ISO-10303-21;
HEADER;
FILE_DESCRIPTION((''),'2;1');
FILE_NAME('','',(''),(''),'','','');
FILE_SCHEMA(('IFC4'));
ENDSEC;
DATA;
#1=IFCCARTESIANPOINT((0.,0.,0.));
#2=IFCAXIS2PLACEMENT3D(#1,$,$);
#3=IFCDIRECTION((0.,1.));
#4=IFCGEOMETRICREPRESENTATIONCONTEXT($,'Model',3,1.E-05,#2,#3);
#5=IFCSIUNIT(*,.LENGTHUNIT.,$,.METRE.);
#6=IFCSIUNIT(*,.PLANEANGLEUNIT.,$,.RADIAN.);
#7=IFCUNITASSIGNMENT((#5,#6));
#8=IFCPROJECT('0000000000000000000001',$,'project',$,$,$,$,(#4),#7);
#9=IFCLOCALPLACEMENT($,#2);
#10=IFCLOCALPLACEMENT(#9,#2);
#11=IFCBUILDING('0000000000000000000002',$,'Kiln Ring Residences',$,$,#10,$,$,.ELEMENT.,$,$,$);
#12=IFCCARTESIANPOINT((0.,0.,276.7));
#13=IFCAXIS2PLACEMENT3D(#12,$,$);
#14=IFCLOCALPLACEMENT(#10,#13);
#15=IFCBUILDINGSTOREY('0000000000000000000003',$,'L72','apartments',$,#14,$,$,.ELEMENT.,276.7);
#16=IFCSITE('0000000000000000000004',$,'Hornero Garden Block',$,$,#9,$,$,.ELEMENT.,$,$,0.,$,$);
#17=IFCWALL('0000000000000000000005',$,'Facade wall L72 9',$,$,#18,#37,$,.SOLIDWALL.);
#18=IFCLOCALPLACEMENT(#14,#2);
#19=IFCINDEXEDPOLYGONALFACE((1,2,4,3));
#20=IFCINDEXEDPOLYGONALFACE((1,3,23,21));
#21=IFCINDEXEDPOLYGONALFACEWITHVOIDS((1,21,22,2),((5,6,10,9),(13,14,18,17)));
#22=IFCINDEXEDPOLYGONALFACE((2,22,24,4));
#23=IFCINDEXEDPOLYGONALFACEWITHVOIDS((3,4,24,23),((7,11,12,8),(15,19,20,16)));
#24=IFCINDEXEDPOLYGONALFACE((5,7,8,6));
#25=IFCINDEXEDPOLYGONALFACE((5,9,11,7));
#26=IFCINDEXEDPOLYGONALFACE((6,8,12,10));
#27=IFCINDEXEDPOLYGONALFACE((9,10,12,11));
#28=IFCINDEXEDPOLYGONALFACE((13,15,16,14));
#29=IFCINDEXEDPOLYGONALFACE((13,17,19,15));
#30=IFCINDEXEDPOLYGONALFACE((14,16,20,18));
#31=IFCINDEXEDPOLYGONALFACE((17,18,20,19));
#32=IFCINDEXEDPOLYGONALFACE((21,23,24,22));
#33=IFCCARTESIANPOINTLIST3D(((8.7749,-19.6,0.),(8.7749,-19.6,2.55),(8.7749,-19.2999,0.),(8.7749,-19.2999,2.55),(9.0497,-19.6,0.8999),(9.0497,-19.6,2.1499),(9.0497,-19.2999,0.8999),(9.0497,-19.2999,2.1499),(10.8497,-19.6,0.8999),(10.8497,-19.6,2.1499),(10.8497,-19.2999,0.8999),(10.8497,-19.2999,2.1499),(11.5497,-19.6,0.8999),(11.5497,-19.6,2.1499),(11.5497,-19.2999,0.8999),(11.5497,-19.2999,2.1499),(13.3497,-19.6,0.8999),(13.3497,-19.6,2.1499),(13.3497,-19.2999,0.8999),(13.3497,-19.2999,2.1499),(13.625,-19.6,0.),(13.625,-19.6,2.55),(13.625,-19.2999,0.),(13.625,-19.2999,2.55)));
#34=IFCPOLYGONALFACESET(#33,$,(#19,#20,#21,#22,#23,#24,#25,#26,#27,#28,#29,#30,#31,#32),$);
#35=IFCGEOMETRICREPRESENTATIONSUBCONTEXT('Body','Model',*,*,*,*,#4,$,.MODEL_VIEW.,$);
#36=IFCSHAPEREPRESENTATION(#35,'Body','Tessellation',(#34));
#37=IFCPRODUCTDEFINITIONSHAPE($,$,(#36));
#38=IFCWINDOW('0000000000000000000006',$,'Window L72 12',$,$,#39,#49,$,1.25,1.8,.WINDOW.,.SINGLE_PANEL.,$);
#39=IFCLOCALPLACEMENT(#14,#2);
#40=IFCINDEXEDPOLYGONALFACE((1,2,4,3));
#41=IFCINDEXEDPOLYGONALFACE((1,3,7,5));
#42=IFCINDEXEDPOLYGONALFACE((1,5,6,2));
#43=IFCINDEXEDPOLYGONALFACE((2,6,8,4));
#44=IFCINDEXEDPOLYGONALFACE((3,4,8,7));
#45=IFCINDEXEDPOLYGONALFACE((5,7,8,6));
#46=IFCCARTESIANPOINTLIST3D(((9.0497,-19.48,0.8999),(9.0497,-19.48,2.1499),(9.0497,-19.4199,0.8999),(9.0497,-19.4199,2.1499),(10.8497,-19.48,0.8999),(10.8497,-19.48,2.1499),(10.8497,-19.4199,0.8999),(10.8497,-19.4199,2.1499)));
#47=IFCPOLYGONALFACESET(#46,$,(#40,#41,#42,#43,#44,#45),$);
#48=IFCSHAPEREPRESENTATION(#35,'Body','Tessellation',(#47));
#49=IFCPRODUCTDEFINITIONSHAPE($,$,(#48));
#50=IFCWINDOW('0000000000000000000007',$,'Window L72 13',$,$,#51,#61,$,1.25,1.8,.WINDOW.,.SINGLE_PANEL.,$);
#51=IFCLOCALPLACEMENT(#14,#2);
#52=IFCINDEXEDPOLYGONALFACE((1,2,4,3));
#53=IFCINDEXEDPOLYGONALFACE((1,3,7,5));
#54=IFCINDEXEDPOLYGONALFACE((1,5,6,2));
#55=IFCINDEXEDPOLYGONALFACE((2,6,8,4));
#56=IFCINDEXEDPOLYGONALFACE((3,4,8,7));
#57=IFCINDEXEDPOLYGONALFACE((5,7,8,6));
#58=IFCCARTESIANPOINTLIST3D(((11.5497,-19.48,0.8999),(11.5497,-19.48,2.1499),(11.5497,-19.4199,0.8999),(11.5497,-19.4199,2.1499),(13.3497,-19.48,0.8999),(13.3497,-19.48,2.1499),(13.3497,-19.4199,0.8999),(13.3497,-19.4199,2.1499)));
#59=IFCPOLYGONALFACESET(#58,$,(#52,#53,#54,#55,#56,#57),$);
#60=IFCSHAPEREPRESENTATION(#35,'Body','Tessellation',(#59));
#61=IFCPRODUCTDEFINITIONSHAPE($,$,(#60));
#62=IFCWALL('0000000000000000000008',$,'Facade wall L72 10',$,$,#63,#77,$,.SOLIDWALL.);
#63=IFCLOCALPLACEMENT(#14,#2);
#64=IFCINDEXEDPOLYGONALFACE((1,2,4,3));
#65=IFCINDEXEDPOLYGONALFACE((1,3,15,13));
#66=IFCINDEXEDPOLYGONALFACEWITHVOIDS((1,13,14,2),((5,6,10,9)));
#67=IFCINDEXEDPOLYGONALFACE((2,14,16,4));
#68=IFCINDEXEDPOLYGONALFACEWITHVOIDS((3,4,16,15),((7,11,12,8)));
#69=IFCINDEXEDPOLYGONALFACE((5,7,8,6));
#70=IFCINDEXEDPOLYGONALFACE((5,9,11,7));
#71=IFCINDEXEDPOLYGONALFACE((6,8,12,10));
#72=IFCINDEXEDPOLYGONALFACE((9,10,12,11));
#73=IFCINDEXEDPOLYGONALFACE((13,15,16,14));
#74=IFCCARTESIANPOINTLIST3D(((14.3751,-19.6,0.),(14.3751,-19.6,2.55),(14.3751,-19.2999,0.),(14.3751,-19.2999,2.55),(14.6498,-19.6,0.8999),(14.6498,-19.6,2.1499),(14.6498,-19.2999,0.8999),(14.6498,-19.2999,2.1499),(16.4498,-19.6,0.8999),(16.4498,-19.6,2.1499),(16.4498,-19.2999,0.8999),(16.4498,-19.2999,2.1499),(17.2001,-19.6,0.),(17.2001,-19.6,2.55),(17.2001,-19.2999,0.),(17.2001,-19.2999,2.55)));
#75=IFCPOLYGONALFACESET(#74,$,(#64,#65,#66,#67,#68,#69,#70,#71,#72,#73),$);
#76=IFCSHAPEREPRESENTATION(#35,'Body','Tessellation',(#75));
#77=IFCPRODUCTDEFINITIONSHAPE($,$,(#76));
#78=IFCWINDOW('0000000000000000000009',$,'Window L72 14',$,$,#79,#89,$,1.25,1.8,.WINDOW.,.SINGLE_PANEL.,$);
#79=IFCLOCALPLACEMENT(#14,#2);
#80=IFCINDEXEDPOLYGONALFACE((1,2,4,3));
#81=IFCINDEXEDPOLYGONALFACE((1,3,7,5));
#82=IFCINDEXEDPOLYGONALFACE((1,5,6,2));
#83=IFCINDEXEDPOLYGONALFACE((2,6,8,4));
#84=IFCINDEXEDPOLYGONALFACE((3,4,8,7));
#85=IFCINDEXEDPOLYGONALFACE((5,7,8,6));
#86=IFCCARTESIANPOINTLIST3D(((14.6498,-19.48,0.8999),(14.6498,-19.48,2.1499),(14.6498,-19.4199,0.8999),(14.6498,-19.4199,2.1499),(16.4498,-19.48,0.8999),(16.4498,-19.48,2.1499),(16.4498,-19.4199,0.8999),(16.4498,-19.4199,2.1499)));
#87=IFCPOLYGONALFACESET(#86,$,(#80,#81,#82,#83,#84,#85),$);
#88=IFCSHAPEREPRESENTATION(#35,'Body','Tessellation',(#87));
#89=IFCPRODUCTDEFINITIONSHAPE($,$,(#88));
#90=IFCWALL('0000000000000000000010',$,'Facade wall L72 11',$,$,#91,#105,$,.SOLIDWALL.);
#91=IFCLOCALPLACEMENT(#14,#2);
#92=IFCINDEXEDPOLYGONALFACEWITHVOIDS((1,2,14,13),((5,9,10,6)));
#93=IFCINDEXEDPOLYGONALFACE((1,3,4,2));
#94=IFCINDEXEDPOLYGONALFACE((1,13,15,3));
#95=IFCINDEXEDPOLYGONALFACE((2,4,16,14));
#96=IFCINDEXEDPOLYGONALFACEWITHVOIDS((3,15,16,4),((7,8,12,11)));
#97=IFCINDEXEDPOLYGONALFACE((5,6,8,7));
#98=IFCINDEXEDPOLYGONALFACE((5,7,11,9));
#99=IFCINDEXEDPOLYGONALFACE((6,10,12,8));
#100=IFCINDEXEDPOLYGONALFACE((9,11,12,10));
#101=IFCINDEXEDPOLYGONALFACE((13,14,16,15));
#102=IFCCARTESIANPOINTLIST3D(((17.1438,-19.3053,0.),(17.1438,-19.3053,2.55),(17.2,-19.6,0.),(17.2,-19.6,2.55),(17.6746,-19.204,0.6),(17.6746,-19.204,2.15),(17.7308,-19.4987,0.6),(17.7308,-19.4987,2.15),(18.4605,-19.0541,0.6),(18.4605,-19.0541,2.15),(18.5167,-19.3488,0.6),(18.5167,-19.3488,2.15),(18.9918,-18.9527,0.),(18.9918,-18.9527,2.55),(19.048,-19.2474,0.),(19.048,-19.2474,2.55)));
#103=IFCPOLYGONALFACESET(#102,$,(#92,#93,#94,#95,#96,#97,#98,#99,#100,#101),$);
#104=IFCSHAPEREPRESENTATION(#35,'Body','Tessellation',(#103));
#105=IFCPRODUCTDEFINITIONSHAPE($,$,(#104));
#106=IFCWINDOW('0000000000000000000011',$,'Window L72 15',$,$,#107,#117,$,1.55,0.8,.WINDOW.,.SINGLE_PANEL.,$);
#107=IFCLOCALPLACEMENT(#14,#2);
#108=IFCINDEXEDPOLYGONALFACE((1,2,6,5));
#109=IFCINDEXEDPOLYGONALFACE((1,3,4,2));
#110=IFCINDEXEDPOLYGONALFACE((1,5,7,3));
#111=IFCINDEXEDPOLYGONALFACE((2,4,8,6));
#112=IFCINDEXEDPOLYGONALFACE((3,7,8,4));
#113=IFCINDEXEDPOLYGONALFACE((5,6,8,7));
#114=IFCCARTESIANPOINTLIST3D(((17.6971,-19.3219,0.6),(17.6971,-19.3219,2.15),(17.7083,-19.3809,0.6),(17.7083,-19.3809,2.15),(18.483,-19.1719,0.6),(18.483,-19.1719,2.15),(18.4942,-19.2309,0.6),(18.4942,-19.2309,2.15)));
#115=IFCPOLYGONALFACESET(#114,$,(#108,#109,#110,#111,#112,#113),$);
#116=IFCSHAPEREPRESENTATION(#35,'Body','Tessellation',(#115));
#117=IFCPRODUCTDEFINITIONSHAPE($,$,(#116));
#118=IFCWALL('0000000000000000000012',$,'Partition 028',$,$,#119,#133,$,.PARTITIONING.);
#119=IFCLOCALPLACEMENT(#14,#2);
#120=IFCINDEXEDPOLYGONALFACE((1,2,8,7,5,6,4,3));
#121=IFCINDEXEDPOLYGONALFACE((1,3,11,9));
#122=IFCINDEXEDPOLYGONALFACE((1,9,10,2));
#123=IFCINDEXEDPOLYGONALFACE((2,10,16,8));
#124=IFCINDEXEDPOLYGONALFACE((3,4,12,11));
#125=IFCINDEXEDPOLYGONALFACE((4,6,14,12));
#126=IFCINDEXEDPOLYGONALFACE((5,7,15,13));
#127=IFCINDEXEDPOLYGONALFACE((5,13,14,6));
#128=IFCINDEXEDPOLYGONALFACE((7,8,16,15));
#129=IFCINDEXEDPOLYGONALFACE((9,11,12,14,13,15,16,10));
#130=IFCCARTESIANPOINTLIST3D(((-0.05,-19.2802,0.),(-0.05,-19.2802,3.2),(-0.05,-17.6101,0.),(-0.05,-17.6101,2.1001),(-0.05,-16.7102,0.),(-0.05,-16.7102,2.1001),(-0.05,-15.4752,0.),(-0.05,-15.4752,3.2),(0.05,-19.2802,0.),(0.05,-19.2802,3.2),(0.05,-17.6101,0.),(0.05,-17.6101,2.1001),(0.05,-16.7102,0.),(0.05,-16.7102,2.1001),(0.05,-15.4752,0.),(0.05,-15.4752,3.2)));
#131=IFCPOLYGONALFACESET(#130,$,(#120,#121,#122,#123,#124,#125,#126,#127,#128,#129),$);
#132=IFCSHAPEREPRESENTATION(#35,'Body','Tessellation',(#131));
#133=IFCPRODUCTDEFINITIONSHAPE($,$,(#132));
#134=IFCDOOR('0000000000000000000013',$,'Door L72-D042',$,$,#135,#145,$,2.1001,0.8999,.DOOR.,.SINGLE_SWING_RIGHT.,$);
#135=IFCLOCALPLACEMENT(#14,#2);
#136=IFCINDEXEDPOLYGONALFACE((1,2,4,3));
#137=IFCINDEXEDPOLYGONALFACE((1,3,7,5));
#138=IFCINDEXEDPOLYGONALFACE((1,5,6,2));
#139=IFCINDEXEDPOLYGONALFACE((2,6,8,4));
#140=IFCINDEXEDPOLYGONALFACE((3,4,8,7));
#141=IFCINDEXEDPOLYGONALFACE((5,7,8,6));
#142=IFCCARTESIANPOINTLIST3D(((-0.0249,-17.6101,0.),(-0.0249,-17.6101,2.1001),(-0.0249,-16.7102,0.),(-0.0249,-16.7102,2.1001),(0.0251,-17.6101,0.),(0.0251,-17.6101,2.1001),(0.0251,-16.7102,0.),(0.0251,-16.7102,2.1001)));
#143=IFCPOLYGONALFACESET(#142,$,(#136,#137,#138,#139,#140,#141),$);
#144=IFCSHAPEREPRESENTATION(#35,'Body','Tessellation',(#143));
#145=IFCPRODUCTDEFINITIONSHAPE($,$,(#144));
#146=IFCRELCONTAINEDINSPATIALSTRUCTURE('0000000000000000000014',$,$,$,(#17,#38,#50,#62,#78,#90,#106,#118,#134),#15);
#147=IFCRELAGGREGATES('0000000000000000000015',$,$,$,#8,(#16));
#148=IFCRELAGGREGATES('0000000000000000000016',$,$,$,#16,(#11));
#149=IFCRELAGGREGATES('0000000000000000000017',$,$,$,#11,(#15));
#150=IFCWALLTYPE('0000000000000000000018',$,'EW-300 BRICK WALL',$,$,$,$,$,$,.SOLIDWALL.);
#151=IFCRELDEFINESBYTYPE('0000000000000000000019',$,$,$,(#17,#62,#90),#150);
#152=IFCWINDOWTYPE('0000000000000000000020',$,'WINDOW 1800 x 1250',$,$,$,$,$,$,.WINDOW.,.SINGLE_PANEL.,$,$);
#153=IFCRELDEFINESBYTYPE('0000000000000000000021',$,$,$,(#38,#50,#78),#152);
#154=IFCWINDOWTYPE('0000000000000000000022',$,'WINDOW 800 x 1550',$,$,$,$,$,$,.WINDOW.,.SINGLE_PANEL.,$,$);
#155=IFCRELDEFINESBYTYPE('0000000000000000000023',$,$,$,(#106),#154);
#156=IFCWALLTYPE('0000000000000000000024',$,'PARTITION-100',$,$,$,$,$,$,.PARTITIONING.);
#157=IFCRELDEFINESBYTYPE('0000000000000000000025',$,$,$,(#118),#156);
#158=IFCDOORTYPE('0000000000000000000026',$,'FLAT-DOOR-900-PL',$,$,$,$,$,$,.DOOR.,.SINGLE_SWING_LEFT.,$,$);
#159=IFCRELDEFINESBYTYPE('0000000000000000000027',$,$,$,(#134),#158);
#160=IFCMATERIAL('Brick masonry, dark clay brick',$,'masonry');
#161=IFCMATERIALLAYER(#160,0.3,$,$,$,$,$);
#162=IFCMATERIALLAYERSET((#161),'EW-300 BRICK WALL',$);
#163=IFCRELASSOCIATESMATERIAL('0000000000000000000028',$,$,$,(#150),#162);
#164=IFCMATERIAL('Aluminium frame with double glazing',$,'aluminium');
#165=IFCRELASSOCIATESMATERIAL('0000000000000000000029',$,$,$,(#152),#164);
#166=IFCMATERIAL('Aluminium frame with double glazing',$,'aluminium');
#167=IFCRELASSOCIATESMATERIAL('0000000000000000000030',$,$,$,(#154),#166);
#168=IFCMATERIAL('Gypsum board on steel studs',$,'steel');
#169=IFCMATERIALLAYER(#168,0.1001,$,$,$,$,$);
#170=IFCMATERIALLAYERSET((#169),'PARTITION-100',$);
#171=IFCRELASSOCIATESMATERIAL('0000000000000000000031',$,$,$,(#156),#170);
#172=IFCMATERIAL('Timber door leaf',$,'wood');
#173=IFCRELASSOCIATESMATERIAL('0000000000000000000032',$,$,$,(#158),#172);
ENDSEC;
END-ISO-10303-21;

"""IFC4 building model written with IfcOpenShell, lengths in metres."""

from ifc_helpers import new_model, si_unit, direction, frame, frame_2d, origin, place, context, subcontext, project, spatial, rectangle, extrude, material, layer, layer_set, type_object, element, fill, save


model = new_model("IFC4")

# Units and contexts
model_context = context("Model", 3, precision=1e-05, world=origin(), true_north=direction((0.0, 1.0)))
body_context = subcontext(model_context, "Body", "Model", "MODEL_VIEW")
ifc_project = project(units=[si_unit("LENGTHUNIT", "METRE"), si_unit("PLANEANGLEUNIT", "RADIAN")], contexts=[model_context])

# Site, building, storey
site_placement = place(None, origin())
site = spatial("IfcSite", under=ifc_project, at=site_placement, Name="Hornero Garden Block", CompositionType="ELEMENT", RefElevation=0.0)
building_placement = place(site_placement, origin())
building = spatial("IfcBuilding", under=site, at=building_placement, Name="Kiln Ring Residences", CompositionType="ELEMENT")
storey_placement = place(building_placement, frame((0.0, 0.0, 276.7)))
storey = spatial("IfcBuildingStorey", under=building, at=storey_placement, Name="L72", Description="apartments", CompositionType="ELEMENT", Elevation=276.7)

# Wall, openings, windows
ifc_material_1 = material(Name="Brick masonry, dark clay brick", Category="masonry")
ifc_layer_1 = layer(ifc_material_1, 0.3)
ifc_layer_set_1 = layer_set([ifc_layer_1], Name="EW-300 BRICK WALL")
wall_type_1 = type_object("IfcWallType", Name="EW-300 BRICK WALL", PredefinedType="SOLIDWALL", material=ifc_layer_set_1)
ifc_material_2 = material(Name="Aluminium frame with double glazing", Category="aluminium")
window_type_1 = type_object("IfcWindowType", Name="WINDOW 1800 x 1250", PartitioningType="SINGLE_PANEL", PredefinedType="WINDOW", material=ifc_material_2)
wall_1_placement = place(storey_placement, frame((8.7749, -19.45, 0.0), z_axis=(0.0, 0.0, 1.0), x_axis=(1.0, 0.0, 0.0)))
wall_1 = element("IfcWall", 1, at=wall_1_placement, inside=storey, type_object=wall_type_1, Name="Facade wall L72 9", PredefinedType="SOLIDWALL", context=body_context, shape_type="SweptSolid", body=[
    extrude(rectangle(XDim=4.8501, YDim=0.3, at=frame_2d((2.425, 0.0))), origin(), (0.0, 0.0, 1.0), 2.55),
])
opening_1_placement = place(wall_1_placement, frame((0.2749, 0.0, 0.8999)))
opening_1 = element("IfcOpeningElement", 2, at=opening_1_placement, cuts=wall_1, PredefinedType="OPENING", context=body_context, shape_type="SweptSolid", body=[
    extrude(rectangle(XDim=1.8, YDim=1.25, at=frame_2d((0.8999, 0.625))), frame((0.0, 0.1599, 0.0), z_axis=(0.0, -1.0, 0.0), x_axis=(1.0, 0.0, 0.0)), (0.0, 0.0, 1.0), 0.3201),
])
opening_2_placement = place(wall_1_placement, frame((2.7749, 0.0, 0.8999)))
opening_2 = element("IfcOpeningElement", 3, at=opening_2_placement, cuts=wall_1, PredefinedType="OPENING", context=body_context, shape_type="SweptSolid", body=[
    extrude(rectangle(XDim=1.8, YDim=1.25, at=frame_2d((0.8999, 0.625))), frame((0.0, 0.1599, 0.0), z_axis=(0.0, -1.0, 0.0), x_axis=(1.0, 0.0, 0.0)), (0.0, 0.0, 1.0), 0.3201),
])
window_1_placement = place(opening_1_placement, origin())
window_1 = element("IfcWindow", 4, at=window_1_placement, inside=storey, type_object=window_type_1, Name="Window L72 12", OverallHeight=1.25, OverallWidth=1.8, PartitioningType="SINGLE_PANEL", PredefinedType="WINDOW", context=body_context, shape_type="SweptSolid", body=[
    extrude(rectangle(XDim=1.8, YDim=1.25, at=frame_2d((0.8999, 0.625))), frame((0.0, 0.03, 0.0), z_axis=(0.0, -1.0, 0.0), x_axis=(1.0, 0.0, 0.0)), (0.0, 0.0, 1.0), 0.0601),
])
fill(opening_1, window_1)
window_2_placement = place(opening_2_placement, origin())
window_2 = element("IfcWindow", 5, at=window_2_placement, inside=storey, type_object=window_type_1, Name="Window L72 13", OverallHeight=1.25, OverallWidth=1.8, PartitioningType="SINGLE_PANEL", PredefinedType="WINDOW", context=body_context, shape_type="SweptSolid", body=[
    extrude(rectangle(XDim=1.8, YDim=1.25, at=frame_2d((0.8999, 0.625))), frame((0.0, 0.03, 0.0), z_axis=(0.0, -1.0, 0.0), x_axis=(1.0, 0.0, 0.0)), (0.0, 0.0, 1.0), 0.0601),
])
fill(opening_2, window_2)

# Walls, openings, windows
wall_2_placement = place(storey_placement, frame((14.375, -19.45, 0.0), z_axis=(0.0, 0.0, 1.0), x_axis=(1.0, 0.0, 0.0)))
wall_2 = element("IfcWall", 6, at=wall_2_placement, inside=storey, type_object=wall_type_1, Name="Facade wall L72 10", PredefinedType="SOLIDWALL", context=body_context, shape_type="SweptSolid", body=[
    extrude(rectangle(XDim=2.825, YDim=0.3, at=frame_2d((1.4126, 0.0))), origin(), (0.0, 0.0, 1.0), 2.55),
])
opening_3_placement = place(wall_2_placement, frame((0.2749, 0.0, 0.8999)))
opening_3 = element("IfcOpeningElement", 7, at=opening_3_placement, cuts=wall_2, PredefinedType="OPENING", context=body_context, shape_type="SweptSolid", body=[
    extrude(rectangle(XDim=1.8, YDim=1.25, at=frame_2d((0.8999, 0.625))), frame((0.0, 0.1599, 0.0), z_axis=(0.0, -1.0, 0.0), x_axis=(1.0, 0.0, 0.0)), (0.0, 0.0, 1.0), 0.3201),
])
window_3_placement = place(opening_3_placement, origin())
window_3 = element("IfcWindow", 8, at=window_3_placement, inside=storey, type_object=window_type_1, Name="Window L72 14", OverallHeight=1.25, OverallWidth=1.8, PartitioningType="SINGLE_PANEL", PredefinedType="WINDOW", context=body_context, shape_type="SweptSolid", body=[
    extrude(rectangle(XDim=1.8, YDim=1.25, at=frame_2d((0.8999, 0.625))), frame((0.0, 0.03, 0.0), z_axis=(0.0, -1.0, 0.0), x_axis=(1.0, 0.0, 0.0)), (0.0, 0.0, 1.0), 0.0601),
])
fill(opening_3, window_3)
wall_3_placement = place(storey_placement, frame((17.1719, -19.4526, 0.0), z_axis=(0.0, 0.0, 1.0), x_axis=(0.982284, 0.187398, 0.0)))
wall_3 = element("IfcWall", 9, at=wall_3_placement, inside=storey, type_object=wall_type_1, Name="Facade wall L72 11", PredefinedType="SOLIDWALL", context=body_context, shape_type="SweptSolid", body=[
    extrude(rectangle(XDim=1.8813, YDim=0.3, at=frame_2d((0.9407, 0.0))), origin(), (0.0, 0.0, 1.0), 2.55),
])
opening_4_placement = place(wall_3_placement, frame((0.5405, 0.0, 0.6001)))
opening_4 = element("IfcOpeningElement", 10, at=opening_4_placement, cuts=wall_3, PredefinedType="OPENING", context=body_context, shape_type="SweptSolid", body=[
    extrude(rectangle(XDim=0.8, YDim=1.55, at=frame_2d((0.3999, 0.7749))), frame((0.0, 0.1599, 0.0), z_axis=(0.0, -1.0, 0.0), x_axis=(1.0, 0.0, 0.0)), (0.0, 0.0, 1.0), 0.3201),
])
ifc_material_3 = material(Name="Aluminium frame with double glazing", Category="aluminium")
window_type_2 = type_object("IfcWindowType", Name="WINDOW 800 x 1550", PartitioningType="SINGLE_PANEL", PredefinedType="WINDOW", material=ifc_material_3)
window_4_placement = place(opening_4_placement, origin())
window_4 = element("IfcWindow", 11, at=window_4_placement, inside=storey, type_object=window_type_2, Name="Window L72 15", OverallHeight=1.55, OverallWidth=0.8, PartitioningType="SINGLE_PANEL", PredefinedType="WINDOW", context=body_context, shape_type="SweptSolid", body=[
    extrude(rectangle(XDim=0.8, YDim=1.55, at=frame_2d((0.3999, 0.7749))), frame((0.0, 0.03, 0.0), z_axis=(0.0, -1.0, 0.0), x_axis=(1.0, 0.0, 0.0)), (0.0, 0.0, 1.0), 0.0601),
])
fill(opening_4, window_4)

# Wall, opening, door
ifc_material_4 = material(Name="Gypsum board on steel studs", Category="steel")
ifc_layer_2 = layer(ifc_material_4, 0.1001)
ifc_layer_set_2 = layer_set([ifc_layer_2], Name="PARTITION-100")
wall_type_2 = type_object("IfcWallType", Name="PARTITION-100", PredefinedType="PARTITIONING", material=ifc_layer_set_2)
wall_4_placement = place(storey_placement, frame((0.0, -19.28, 0.0), z_axis=(0.0, 0.0, 1.0), x_axis=(0.0, 1.0, 0.0)))
wall_4 = element("IfcWall", 12, at=wall_4_placement, inside=storey, type_object=wall_type_2, Name="Partition 028", PredefinedType="PARTITIONING", context=body_context, shape_type="SweptSolid", body=[
    extrude(rectangle(XDim=3.8049, YDim=0.1001, at=frame_2d((1.9023, 0.0))), origin(), (0.0, 0.0, 1.0), 3.2),
])
opening_5_placement = place(wall_4_placement, frame((1.6699, 0.0, 0.0)))
opening_5 = element("IfcOpeningElement", 13, at=opening_5_placement, cuts=wall_4, PredefinedType="OPENING", context=body_context, shape_type="SweptSolid", body=[
    extrude(rectangle(XDim=0.8999, YDim=2.1001, at=frame_2d((0.45, 1.05))), frame((0.0, 0.0601, 0.0), z_axis=(0.0, -1.0, 0.0), x_axis=(1.0, 0.0, 0.0)), (0.0, 0.0, 1.0), 0.1201),
])
ifc_material_5 = material(Name="Timber door leaf", Category="wood")
door_type_1 = type_object("IfcDoorType", Name="FLAT-DOOR-900-PL", OperationType="SINGLE_SWING_LEFT", PredefinedType="DOOR", material=ifc_material_5)
door_1_placement = place(opening_5_placement, origin())
door_1 = element("IfcDoor", 14, at=door_1_placement, inside=storey, type_object=door_type_1, Name="Door L72-D042", OperationType="SINGLE_SWING_RIGHT", OverallHeight=2.1001, OverallWidth=0.8999, PredefinedType="DOOR", context=body_context, shape_type="SweptSolid", body=[
    extrude(rectangle(XDim=0.8999, YDim=2.1001, at=frame_2d((0.45, 1.05))), frame((0.0, 0.0249, 0.0), z_axis=(0.0, -1.0, 0.0), x_axis=(1.0, 0.0, 0.0)), (0.0, 0.0, 1.0), 0.05),
])
fill(opening_5, door_1)

save(model, "model.ifc")
